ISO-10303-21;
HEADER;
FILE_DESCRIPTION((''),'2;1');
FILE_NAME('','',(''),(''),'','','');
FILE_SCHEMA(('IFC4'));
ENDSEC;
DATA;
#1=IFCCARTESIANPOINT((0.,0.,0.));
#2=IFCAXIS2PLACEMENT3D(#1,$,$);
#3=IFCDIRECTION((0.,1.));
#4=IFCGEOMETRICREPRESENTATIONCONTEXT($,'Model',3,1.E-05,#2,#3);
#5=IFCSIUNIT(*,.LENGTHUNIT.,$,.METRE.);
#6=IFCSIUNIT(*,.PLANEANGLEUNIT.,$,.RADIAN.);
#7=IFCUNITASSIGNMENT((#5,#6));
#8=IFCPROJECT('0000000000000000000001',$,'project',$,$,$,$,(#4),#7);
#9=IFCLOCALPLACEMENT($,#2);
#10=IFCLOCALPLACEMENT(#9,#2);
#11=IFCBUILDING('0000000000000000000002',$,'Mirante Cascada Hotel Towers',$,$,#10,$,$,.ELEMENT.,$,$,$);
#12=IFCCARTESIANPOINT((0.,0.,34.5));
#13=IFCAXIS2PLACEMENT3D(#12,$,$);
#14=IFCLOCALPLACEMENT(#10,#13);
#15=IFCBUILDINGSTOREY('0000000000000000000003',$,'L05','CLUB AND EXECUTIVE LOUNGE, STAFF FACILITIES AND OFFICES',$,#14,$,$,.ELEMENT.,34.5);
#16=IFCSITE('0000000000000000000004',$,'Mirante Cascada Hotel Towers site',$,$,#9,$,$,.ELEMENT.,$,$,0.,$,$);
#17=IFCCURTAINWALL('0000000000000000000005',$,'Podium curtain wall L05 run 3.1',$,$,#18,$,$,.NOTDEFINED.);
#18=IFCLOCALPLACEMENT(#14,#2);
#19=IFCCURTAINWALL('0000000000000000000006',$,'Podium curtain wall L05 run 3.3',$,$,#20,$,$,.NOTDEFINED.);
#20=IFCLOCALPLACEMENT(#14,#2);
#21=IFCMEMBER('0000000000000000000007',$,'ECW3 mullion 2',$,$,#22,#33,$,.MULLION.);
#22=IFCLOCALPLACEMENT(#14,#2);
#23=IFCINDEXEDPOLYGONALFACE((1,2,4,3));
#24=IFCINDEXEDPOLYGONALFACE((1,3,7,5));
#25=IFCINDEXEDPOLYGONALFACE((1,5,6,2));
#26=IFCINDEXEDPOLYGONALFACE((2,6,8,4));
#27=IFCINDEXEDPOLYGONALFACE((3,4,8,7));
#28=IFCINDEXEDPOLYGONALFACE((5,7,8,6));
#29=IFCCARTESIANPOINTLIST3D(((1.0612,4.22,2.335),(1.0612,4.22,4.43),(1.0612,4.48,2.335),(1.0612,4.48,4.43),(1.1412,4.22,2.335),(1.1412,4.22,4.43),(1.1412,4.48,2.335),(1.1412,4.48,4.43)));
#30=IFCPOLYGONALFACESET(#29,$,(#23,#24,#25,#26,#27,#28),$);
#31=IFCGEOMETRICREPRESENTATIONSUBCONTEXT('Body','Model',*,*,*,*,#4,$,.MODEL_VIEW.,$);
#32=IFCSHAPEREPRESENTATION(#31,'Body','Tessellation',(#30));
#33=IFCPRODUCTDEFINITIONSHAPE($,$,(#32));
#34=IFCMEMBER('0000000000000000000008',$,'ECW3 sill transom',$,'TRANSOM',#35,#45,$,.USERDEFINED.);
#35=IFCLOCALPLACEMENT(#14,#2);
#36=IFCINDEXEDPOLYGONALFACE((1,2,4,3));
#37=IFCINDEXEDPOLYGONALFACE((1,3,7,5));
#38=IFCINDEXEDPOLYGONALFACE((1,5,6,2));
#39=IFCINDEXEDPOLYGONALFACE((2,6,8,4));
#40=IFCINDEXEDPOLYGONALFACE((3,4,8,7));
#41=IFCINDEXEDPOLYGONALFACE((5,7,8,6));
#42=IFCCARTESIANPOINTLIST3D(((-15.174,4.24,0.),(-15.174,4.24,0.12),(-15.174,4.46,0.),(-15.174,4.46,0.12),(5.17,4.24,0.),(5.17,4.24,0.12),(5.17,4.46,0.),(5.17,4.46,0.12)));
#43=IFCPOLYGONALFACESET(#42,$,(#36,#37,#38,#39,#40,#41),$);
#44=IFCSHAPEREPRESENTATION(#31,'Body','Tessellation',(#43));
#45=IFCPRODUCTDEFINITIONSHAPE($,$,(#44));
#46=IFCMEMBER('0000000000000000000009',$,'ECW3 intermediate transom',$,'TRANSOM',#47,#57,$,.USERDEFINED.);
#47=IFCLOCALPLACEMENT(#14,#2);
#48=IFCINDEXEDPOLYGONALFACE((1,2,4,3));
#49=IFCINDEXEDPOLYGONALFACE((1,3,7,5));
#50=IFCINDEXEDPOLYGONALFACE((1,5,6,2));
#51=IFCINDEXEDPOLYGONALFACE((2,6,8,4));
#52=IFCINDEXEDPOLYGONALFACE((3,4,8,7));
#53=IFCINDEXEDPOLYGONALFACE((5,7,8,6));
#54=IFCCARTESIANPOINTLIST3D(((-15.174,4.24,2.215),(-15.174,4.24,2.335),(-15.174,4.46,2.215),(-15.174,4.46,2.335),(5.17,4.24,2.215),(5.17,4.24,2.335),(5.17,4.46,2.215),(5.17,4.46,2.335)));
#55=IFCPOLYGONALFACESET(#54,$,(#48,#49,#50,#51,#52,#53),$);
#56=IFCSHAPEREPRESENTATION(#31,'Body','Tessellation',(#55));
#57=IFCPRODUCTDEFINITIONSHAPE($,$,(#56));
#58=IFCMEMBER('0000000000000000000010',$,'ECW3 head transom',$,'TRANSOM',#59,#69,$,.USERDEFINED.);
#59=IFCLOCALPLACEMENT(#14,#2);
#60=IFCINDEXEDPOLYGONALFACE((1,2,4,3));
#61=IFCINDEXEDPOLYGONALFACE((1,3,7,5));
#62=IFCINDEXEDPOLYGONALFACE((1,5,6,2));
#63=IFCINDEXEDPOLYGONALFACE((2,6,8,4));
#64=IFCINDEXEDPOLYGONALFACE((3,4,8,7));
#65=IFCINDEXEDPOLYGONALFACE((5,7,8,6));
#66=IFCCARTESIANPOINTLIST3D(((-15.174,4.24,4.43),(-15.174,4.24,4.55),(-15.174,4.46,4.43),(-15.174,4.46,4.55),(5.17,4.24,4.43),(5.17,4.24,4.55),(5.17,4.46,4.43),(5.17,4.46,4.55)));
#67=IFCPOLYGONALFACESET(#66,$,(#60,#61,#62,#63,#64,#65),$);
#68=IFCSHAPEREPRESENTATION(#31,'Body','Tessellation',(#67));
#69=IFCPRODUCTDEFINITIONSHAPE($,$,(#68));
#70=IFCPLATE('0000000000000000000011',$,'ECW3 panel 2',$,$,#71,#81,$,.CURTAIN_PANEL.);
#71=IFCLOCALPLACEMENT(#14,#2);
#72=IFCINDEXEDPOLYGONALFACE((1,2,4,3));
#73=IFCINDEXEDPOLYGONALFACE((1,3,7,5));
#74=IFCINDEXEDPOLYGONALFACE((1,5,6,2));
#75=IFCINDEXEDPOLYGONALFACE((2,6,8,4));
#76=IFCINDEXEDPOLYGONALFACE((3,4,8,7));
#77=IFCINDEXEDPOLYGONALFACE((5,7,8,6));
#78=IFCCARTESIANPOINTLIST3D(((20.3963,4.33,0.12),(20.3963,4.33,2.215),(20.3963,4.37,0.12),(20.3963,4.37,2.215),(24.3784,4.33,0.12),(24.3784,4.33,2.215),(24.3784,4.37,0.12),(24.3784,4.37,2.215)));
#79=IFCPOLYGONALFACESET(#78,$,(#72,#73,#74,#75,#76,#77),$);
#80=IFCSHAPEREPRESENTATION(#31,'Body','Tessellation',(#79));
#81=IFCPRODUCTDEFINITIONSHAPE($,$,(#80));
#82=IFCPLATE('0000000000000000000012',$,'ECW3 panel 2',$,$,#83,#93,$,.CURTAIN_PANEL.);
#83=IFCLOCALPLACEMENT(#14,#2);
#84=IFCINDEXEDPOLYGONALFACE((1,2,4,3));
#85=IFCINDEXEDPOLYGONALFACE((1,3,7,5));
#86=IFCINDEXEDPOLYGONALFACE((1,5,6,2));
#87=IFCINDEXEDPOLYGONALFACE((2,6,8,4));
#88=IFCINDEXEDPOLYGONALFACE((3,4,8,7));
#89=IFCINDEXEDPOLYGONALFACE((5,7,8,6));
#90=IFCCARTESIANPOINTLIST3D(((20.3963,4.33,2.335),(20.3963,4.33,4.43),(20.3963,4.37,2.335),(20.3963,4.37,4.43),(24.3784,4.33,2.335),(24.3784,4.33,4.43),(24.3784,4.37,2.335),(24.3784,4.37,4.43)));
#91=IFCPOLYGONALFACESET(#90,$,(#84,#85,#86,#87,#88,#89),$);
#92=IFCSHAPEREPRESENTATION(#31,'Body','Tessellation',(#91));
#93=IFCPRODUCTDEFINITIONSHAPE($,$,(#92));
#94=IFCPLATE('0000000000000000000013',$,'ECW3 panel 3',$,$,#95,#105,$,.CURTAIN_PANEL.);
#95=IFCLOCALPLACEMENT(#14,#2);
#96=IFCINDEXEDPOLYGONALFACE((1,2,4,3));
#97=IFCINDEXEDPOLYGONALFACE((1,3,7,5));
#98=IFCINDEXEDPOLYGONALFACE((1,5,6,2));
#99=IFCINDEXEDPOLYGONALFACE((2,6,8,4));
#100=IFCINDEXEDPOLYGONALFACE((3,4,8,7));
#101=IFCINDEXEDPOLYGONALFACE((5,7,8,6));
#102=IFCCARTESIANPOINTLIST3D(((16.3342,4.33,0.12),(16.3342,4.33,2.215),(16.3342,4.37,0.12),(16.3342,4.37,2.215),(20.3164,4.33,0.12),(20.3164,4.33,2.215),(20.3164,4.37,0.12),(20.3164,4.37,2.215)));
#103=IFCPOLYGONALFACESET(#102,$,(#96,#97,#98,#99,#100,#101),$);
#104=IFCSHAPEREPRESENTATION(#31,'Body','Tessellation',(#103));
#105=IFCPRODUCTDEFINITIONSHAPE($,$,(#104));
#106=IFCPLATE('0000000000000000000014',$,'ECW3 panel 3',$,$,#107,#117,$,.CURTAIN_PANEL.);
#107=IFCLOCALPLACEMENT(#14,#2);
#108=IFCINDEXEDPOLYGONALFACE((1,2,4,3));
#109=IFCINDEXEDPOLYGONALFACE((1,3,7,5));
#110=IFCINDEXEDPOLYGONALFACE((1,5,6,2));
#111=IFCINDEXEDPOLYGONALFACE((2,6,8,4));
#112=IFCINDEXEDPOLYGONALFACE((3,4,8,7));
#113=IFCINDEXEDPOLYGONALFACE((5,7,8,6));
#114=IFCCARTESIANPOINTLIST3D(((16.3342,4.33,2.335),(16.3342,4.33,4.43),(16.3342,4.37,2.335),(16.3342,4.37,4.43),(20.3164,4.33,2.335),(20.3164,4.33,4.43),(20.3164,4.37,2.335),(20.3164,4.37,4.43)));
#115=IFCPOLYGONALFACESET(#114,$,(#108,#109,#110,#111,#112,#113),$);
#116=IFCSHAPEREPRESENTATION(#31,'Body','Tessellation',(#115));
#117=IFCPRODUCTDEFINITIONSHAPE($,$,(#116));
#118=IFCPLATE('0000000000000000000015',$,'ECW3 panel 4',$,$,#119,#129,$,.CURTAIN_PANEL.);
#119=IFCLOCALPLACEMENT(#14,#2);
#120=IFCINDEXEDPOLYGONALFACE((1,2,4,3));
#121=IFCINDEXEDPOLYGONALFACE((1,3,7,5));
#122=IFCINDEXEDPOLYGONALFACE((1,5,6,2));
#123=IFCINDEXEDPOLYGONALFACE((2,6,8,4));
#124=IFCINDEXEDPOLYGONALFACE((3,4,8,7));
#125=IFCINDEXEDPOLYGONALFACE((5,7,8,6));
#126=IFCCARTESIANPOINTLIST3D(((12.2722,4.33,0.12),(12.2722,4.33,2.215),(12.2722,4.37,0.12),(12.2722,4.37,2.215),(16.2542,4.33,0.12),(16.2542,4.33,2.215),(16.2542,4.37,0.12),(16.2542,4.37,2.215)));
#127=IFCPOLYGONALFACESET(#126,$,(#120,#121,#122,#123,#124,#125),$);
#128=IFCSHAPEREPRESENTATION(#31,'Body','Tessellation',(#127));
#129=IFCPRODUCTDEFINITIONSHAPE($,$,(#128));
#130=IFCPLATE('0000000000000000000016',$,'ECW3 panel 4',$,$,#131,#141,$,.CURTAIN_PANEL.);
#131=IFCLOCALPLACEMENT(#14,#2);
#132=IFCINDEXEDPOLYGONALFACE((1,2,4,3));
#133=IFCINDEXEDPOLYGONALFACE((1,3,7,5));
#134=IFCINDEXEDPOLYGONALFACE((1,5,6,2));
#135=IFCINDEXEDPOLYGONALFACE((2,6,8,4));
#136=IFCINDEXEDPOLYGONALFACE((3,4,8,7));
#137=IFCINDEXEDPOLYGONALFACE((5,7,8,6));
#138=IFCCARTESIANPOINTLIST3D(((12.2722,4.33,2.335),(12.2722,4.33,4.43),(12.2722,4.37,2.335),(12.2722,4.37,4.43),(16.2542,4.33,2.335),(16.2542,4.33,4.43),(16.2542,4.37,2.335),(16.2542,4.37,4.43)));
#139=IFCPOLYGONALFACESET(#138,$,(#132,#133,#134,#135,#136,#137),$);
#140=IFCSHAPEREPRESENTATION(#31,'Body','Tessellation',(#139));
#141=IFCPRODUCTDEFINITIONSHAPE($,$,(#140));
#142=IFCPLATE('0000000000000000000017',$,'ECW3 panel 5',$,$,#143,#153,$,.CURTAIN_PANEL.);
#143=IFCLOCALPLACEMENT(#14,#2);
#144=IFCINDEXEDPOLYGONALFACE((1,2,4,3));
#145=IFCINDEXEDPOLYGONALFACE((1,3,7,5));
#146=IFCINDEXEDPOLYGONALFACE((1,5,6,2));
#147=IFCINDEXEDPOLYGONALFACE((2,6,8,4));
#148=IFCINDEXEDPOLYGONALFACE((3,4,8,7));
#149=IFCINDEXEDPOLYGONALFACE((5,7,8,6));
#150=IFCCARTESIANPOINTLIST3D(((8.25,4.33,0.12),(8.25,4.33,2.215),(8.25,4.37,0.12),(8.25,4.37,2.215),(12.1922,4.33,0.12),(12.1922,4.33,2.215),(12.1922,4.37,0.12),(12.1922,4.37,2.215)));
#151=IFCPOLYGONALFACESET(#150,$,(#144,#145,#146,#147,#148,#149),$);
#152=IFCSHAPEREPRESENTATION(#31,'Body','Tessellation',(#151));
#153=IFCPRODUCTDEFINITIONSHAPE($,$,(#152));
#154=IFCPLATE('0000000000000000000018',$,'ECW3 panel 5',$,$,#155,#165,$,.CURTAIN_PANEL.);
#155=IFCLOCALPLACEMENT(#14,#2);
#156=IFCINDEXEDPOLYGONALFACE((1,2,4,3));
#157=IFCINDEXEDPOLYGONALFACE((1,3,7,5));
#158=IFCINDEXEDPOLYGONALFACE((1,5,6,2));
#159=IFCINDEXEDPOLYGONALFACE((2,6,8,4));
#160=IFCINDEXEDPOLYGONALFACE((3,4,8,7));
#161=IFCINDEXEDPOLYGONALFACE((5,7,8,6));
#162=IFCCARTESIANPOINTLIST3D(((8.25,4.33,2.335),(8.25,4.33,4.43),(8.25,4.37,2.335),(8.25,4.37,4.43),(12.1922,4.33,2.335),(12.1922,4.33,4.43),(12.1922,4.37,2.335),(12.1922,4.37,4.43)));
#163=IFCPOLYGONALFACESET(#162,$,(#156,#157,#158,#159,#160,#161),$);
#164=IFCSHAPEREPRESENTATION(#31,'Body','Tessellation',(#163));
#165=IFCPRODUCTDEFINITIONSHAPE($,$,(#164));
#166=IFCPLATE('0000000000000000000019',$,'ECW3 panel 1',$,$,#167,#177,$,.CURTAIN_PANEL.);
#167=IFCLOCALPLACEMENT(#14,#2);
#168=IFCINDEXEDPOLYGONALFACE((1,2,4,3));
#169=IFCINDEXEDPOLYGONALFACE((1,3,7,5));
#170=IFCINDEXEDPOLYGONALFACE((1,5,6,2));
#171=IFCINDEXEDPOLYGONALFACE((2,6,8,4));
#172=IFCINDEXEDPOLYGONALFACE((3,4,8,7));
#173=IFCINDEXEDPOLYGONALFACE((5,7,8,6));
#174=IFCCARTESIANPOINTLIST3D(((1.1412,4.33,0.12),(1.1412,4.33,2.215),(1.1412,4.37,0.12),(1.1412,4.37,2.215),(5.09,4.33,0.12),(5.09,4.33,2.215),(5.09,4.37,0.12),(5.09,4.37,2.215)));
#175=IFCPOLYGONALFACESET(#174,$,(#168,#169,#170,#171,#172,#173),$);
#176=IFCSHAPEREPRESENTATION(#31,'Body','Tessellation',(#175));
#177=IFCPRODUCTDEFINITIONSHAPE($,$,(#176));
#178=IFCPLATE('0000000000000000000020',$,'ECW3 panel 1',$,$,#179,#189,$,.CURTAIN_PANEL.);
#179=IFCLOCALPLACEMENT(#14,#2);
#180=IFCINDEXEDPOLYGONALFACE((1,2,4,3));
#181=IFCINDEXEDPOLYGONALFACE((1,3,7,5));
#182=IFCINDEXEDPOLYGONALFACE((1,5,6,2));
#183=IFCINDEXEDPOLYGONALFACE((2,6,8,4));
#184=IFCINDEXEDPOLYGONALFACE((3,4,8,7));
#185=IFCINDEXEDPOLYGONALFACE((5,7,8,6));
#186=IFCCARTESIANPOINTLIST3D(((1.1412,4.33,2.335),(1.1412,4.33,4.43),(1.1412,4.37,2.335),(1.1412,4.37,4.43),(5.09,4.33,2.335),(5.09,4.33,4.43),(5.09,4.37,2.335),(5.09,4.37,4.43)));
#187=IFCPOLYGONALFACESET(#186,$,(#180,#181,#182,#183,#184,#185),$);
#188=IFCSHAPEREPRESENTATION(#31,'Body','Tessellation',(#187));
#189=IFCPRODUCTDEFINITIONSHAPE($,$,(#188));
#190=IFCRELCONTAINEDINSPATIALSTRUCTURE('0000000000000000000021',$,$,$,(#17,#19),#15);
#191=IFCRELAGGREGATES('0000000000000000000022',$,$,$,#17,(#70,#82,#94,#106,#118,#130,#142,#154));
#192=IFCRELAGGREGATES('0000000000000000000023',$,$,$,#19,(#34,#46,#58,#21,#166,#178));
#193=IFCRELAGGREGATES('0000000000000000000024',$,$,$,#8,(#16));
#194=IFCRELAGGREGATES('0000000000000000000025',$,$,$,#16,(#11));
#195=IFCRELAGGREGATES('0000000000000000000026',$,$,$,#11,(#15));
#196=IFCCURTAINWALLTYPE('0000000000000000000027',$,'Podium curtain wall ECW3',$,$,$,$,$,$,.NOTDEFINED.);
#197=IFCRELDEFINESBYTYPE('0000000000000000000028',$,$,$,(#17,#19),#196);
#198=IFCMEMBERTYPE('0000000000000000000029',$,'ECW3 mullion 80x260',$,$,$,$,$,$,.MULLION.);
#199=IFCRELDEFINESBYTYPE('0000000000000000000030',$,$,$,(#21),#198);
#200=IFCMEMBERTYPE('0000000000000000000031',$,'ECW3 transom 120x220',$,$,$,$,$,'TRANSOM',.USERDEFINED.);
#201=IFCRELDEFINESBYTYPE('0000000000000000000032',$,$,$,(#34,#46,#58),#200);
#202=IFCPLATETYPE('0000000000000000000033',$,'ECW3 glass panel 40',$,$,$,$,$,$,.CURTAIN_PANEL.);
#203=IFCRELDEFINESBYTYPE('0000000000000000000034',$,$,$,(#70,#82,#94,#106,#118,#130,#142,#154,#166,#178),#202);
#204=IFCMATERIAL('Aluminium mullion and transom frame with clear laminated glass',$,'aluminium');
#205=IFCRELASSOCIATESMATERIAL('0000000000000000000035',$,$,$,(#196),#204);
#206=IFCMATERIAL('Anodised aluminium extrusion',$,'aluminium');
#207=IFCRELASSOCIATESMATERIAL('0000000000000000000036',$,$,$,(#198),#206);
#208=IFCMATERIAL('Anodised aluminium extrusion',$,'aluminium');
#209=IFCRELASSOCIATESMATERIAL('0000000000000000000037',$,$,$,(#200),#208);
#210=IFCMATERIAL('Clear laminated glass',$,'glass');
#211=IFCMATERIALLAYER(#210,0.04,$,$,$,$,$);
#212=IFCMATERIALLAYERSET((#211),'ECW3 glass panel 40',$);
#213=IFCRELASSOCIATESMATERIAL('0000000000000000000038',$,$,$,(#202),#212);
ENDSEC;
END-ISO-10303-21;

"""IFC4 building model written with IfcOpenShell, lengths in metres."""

from ifc_helpers import new_model, si_unit, direction, frame, origin, origin_2d, place, context, subcontext, project, spatial, rectangle, extrude, material, layer, layer_set, material_profile, profile_set, type_object, element, aggregate, save


model = new_model("IFC4")

# Units and contexts
model_context = context("Model", 3, precision=1e-05, world=origin(), true_north=direction((0.0, 1.0)))
body_context = subcontext(model_context, "Body", "Model", "MODEL_VIEW")
ifc_project = project(units=[si_unit("LENGTHUNIT", "METRE"), si_unit("PLANEANGLEUNIT", "RADIAN")], contexts=[model_context])

# Site, building, storey
site_placement = place(None, origin())
site = spatial("IfcSite", under=ifc_project, at=site_placement, Name="Mirante Cascada Hotel Towers site", CompositionType="ELEMENT", RefElevation=0.0)
building_placement = place(site_placement, origin())
building = spatial("IfcBuilding", under=site, at=building_placement, Name="Mirante Cascada Hotel Towers", CompositionType="ELEMENT")
storey_placement = place(building_placement, frame((0.0, 0.0, 34.5)))
storey = spatial("IfcBuildingStorey", under=building, at=storey_placement, Name="L05", Description="CLUB AND EXECUTIVE LOUNGE, STAFF FACILITIES AND OFFICES", CompositionType="ELEMENT", Elevation=34.5)

# Curtain walls, members
ifc_material_1 = material(Name="Aluminium mullion and transom frame with clear laminated glass", Category="aluminium")
curtain_wall_type = type_object("IfcCurtainWallType", Name="Podium curtain wall ECW3", PredefinedType="NOTDEFINED", material=ifc_material_1)
curtain_wall_1_placement = place(storey_placement, origin())
curtain_wall_1 = element("IfcCurtainWall", 1, at=curtain_wall_1_placement, inside=storey, type_object=curtain_wall_type, Name="Podium curtain wall L05 run 3.1", PredefinedType="NOTDEFINED")
ifc_material_2 = material(Name="Anodised aluminium extrusion", Category="aluminium")
ifc_material_profile_1 = material_profile(ifc_material_2, rectangle(XDim=0.26, YDim=0.08, at=origin_2d()), Name="ECW3 MULLION 80x260")
ifc_profile_set_1 = profile_set([ifc_material_profile_1], Name="Anodised aluminium extrusion")
member_type_1 = type_object("IfcMemberType", Name="ECW3 mullion 80x260", PredefinedType="MULLION", material=ifc_profile_set_1)
curtain_wall_2_placement = place(storey_placement, origin())
curtain_wall_2 = element("IfcCurtainWall", 2, at=curtain_wall_2_placement, inside=storey, type_object=curtain_wall_type, Name="Podium curtain wall L05 run 3.3", PredefinedType="NOTDEFINED")
member_1_placement = place(storey_placement, frame((1.1012, 4.35, 2.335), z_axis=(0.0, 0.0, 1.0), x_axis=(0.0, -1.0, 0.0)))
member_1 = element("IfcMember", 3, at=member_1_placement, type_object=member_type_1, Name="ECW3 mullion 2", PredefinedType="MULLION", context=body_context, shape_type="SweptSolid", body=[
    extrude(rectangle(XDim=0.26, YDim=0.08, at=origin_2d()), origin(), (0.0, 0.0, 1.0), 2.095),
])
ifc_material_3 = material(Name="Anodised aluminium extrusion", Category="aluminium")
ifc_material_profile_2 = material_profile(ifc_material_3, rectangle(XDim=0.22, YDim=0.12, at=origin_2d()), Name="ECW3 TRANSOM 120x220")
ifc_profile_set_2 = profile_set([ifc_material_profile_2], Name="Anodised aluminium extrusion")
member_type_2 = type_object("IfcMemberType", Name="ECW3 transom 120x220", ElementType="TRANSOM", PredefinedType="USERDEFINED", material=ifc_profile_set_2)
member_2_placement = place(storey_placement, frame((5.17, 4.35, 0.06), z_axis=(-1.0, 0.0, 0.0), x_axis=(0.0, -1.0, 0.0)))
member_2 = element("IfcMember", 4, at=member_2_placement, type_object=member_type_2, Name="ECW3 sill transom", ObjectType="TRANSOM", PredefinedType="USERDEFINED", context=body_context, shape_type="SweptSolid", body=[
    extrude(rectangle(XDim=0.22, YDim=0.12, at=origin_2d()), origin(), (0.0, 0.0, 1.0), 20.344),
])
member_3_placement = place(storey_placement, frame((5.17, 4.35, 2.275), z_axis=(-1.0, 0.0, 0.0), x_axis=(0.0, -1.0, 0.0)))
member_3 = element("IfcMember", 5, at=member_3_placement, type_object=member_type_2, Name="ECW3 intermediate transom", ObjectType="TRANSOM", PredefinedType="USERDEFINED", context=body_context, shape_type="SweptSolid", body=[
    extrude(rectangle(XDim=0.22, YDim=0.12, at=origin_2d()), origin(), (0.0, 0.0, 1.0), 20.344),
])
member_4_placement = place(storey_placement, frame((5.17, 4.35, 4.49), z_axis=(-1.0, 0.0, 0.0), x_axis=(0.0, -1.0, 0.0)))
member_4 = element("IfcMember", 6, at=member_4_placement, type_object=member_type_2, Name="ECW3 head transom", ObjectType="TRANSOM", PredefinedType="USERDEFINED", context=body_context, shape_type="SweptSolid", body=[
    extrude(rectangle(XDim=0.22, YDim=0.12, at=origin_2d()), origin(), (0.0, 0.0, 1.0), 20.344),
])

# Plates
ifc_material_4 = material(Name="Clear laminated glass", Category="glass")
ifc_layer_1 = layer(ifc_material_4, 0.04)
ifc_layer_set_1 = layer_set([ifc_layer_1], Name="ECW3 glass panel 40")
plate_type = type_object("IfcPlateType", Name="ECW3 glass panel 40", PredefinedType="CURTAIN_PANEL", material=ifc_layer_set_1)
plate_1_placement = place(storey_placement, frame((22.3874, 4.35, 0.12), z_axis=(0.0, 0.0, 1.0), x_axis=(-1.0, 0.0, 0.0)))
plate_1 = element("IfcPlate", 7, at=plate_1_placement, type_object=plate_type, Name="ECW3 panel 2", PredefinedType="CURTAIN_PANEL", context=body_context, shape_type="SweptSolid", body=[
    extrude(rectangle(XDim=3.9821, YDim=0.04, at=origin_2d()), origin(), (0.0, 0.0, 1.0), 2.095),
])
plate_2_placement = place(storey_placement, frame((22.3874, 4.35, 2.335), z_axis=(0.0, 0.0, 1.0), x_axis=(-1.0, 0.0, 0.0)))
plate_2 = element("IfcPlate", 8, at=plate_2_placement, type_object=plate_type, Name="ECW3 panel 2", PredefinedType="CURTAIN_PANEL", context=body_context, shape_type="SweptSolid", body=[
    extrude(rectangle(XDim=3.9821, YDim=0.04, at=origin_2d()), origin(), (0.0, 0.0, 1.0), 2.095),
])
plate_3_placement = place(storey_placement, frame((18.3253, 4.35, 0.12), z_axis=(0.0, 0.0, 1.0), x_axis=(-1.0, 0.0, 0.0)))
plate_3 = element("IfcPlate", 9, at=plate_3_placement, type_object=plate_type, Name="ECW3 panel 3", PredefinedType="CURTAIN_PANEL", context=body_context, shape_type="SweptSolid", body=[
    extrude(rectangle(XDim=3.9821, YDim=0.04, at=origin_2d()), origin(), (0.0, 0.0, 1.0), 2.095),
])
plate_4_placement = place(storey_placement, frame((18.3253, 4.35, 2.335), z_axis=(0.0, 0.0, 1.0), x_axis=(-1.0, 0.0, 0.0)))
plate_4 = element("IfcPlate", 10, at=plate_4_placement, type_object=plate_type, Name="ECW3 panel 3", PredefinedType="CURTAIN_PANEL", context=body_context, shape_type="SweptSolid", body=[
    extrude(rectangle(XDim=3.9821, YDim=0.04, at=origin_2d()), origin(), (0.0, 0.0, 1.0), 2.095),
])
plate_5_placement = place(storey_placement, frame((14.2632, 4.35, 0.12), z_axis=(0.0, 0.0, 1.0), x_axis=(-1.0, 0.0, 0.0)))
plate_5 = element("IfcPlate", 11, at=plate_5_placement, type_object=plate_type, Name="ECW3 panel 4", PredefinedType="CURTAIN_PANEL", context=body_context, shape_type="SweptSolid", body=[
    extrude(rectangle(XDim=3.9821, YDim=0.04, at=origin_2d()), origin(), (0.0, 0.0, 1.0), 2.095),
])
plate_6_placement = place(storey_placement, frame((14.2632, 4.35, 2.335), z_axis=(0.0, 0.0, 1.0), x_axis=(-1.0, 0.0, 0.0)))
plate_6 = element("IfcPlate", 12, at=plate_6_placement, type_object=plate_type, Name="ECW3 panel 4", PredefinedType="CURTAIN_PANEL", context=body_context, shape_type="SweptSolid", body=[
    extrude(rectangle(XDim=3.9821, YDim=0.04, at=origin_2d()), origin(), (0.0, 0.0, 1.0), 2.095),
])
plate_7_placement = place(storey_placement, frame((10.2211, 4.35, 0.12), z_axis=(0.0, 0.0, 1.0), x_axis=(-1.0, 0.0, 0.0)))
plate_7 = element("IfcPlate", 13, at=plate_7_placement, type_object=plate_type, Name="ECW3 panel 5", PredefinedType="CURTAIN_PANEL", context=body_context, shape_type="SweptSolid", body=[
    extrude(rectangle(XDim=3.9421, YDim=0.04, at=origin_2d()), origin(), (0.0, 0.0, 1.0), 2.095),
])
plate_8_placement = place(storey_placement, frame((10.2211, 4.35, 2.335), z_axis=(0.0, 0.0, 1.0), x_axis=(-1.0, 0.0, 0.0)))
plate_8 = element("IfcPlate", 14, at=plate_8_placement, type_object=plate_type, Name="ECW3 panel 5", PredefinedType="CURTAIN_PANEL", context=body_context, shape_type="SweptSolid", body=[
    extrude(rectangle(XDim=3.9421, YDim=0.04, at=origin_2d()), origin(), (0.0, 0.0, 1.0), 2.095),
])
aggregate(curtain_wall_1, [plate_1, plate_2, plate_3, plate_4, plate_5, plate_6, plate_7, plate_8])
plate_9_placement = place(storey_placement, frame((3.1156, 4.35, 0.12), z_axis=(0.0, 0.0, 1.0), x_axis=(-1.0, 0.0, 0.0)))
plate_9 = element("IfcPlate", 15, at=plate_9_placement, type_object=plate_type, Name="ECW3 panel 1", PredefinedType="CURTAIN_PANEL", context=body_context, shape_type="SweptSolid", body=[
    extrude(rectangle(XDim=3.9488, YDim=0.04, at=origin_2d()), origin(), (0.0, 0.0, 1.0), 2.095),
])
plate_10_placement = place(storey_placement, frame((3.1156, 4.35, 2.335), z_axis=(0.0, 0.0, 1.0), x_axis=(-1.0, 0.0, 0.0)))
plate_10 = element("IfcPlate", 16, at=plate_10_placement, type_object=plate_type, Name="ECW3 panel 1", PredefinedType="CURTAIN_PANEL", context=body_context, shape_type="SweptSolid", body=[
    extrude(rectangle(XDim=3.9488, YDim=0.04, at=origin_2d()), origin(), (0.0, 0.0, 1.0), 2.095),
])
aggregate(curtain_wall_2, [member_2, member_3, member_4, member_1, plate_9, plate_10])

save(model, "model.ifc")
